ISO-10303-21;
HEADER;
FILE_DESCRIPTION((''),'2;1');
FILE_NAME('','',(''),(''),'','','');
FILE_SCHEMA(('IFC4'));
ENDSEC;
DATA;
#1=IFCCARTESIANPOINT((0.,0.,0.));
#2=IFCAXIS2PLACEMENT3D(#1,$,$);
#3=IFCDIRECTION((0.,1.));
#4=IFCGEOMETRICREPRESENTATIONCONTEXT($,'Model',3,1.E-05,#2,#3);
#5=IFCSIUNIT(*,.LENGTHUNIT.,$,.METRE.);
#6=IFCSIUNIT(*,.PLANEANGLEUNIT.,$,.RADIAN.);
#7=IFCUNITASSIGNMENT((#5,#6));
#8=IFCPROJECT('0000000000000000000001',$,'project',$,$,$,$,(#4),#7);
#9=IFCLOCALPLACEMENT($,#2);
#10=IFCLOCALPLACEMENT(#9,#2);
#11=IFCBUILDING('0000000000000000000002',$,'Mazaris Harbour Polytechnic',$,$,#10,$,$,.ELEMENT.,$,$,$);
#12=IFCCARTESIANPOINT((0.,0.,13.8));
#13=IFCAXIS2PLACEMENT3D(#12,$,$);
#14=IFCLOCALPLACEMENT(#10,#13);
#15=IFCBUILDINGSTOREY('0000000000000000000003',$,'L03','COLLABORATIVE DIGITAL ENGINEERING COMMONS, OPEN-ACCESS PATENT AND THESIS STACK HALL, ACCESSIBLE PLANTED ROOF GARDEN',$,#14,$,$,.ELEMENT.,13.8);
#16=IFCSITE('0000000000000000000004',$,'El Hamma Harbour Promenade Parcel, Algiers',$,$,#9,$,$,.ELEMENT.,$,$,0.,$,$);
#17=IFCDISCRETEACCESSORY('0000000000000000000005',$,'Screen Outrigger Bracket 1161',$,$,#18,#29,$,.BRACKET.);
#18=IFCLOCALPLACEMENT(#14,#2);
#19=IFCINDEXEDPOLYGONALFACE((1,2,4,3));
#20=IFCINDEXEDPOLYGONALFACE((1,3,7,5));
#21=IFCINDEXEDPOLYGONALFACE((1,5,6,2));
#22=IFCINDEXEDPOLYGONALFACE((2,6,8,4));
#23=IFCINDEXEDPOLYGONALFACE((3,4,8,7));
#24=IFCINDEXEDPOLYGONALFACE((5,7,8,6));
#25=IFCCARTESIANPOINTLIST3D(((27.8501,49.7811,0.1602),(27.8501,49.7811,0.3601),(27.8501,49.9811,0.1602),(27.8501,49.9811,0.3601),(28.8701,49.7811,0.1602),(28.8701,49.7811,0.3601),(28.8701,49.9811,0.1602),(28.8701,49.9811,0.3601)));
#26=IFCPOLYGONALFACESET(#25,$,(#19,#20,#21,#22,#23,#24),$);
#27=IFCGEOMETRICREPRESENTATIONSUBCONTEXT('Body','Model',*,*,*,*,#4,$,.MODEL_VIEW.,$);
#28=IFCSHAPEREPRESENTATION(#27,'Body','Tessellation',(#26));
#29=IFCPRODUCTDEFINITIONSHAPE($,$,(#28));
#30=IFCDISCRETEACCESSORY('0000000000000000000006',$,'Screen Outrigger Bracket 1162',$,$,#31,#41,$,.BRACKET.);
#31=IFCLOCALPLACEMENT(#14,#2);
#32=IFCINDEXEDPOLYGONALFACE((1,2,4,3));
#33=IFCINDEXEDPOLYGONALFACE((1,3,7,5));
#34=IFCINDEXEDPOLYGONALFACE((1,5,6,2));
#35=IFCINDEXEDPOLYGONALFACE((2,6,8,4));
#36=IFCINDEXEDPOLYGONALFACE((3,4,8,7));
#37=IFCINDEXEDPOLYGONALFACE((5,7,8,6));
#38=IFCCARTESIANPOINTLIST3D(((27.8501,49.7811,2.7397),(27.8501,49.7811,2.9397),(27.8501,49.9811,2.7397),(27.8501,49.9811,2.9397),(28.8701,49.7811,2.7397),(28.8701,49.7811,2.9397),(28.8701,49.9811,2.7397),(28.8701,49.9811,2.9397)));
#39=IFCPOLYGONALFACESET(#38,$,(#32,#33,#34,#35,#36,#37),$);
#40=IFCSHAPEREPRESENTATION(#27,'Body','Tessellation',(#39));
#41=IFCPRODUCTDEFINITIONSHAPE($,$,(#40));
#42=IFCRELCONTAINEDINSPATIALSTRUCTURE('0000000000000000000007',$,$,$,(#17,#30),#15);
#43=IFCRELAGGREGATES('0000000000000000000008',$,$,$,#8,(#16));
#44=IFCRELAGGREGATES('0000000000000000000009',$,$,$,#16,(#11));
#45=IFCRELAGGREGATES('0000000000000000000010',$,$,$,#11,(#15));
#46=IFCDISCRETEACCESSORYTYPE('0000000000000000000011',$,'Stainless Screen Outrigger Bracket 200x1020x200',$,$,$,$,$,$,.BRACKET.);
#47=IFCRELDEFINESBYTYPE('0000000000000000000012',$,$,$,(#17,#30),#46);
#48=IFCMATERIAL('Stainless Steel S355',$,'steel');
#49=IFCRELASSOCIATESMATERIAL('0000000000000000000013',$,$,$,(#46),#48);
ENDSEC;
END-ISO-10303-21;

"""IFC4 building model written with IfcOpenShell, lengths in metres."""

from ifc_helpers import new_model, si_unit, direction, frame, origin, origin_2d, place, context, subcontext, project, spatial, rectangle, extrude, material, type_object, element, save


model = new_model("IFC4")

# Units and contexts
model_context = context("Model", 3, precision=1e-05, world=origin(), true_north=direction((0.0, 1.0)))
body_context = subcontext(model_context, "Body", "Model", "MODEL_VIEW")
ifc_project = project(units=[si_unit("LENGTHUNIT", "METRE"), si_unit("PLANEANGLEUNIT", "RADIAN")], contexts=[model_context])

# Site, building, storey
site_placement = place(None, origin())
site = spatial("IfcSite", under=ifc_project, at=site_placement, Name="El Hamma Harbour Promenade Parcel, Algiers", CompositionType="ELEMENT", RefElevation=0.0)
building_placement = place(site_placement, origin())
building = spatial("IfcBuilding", under=site, at=building_placement, Name="Mazaris Harbour Polytechnic", CompositionType="ELEMENT")
storey_placement = place(building_placement, frame((0.0, 0.0, 13.8)))
storey = spatial("IfcBuildingStorey", under=building, at=storey_placement, Name="L03", Description="COLLABORATIVE DIGITAL ENGINEERING COMMONS, OPEN-ACCESS PATENT AND THESIS STACK HALL, ACCESSIBLE PLANTED ROOF GARDEN", CompositionType="ELEMENT", Elevation=13.8)

# Discrete accessories
ifc_material_1 = material(Name="Stainless Steel S355", Category="steel")
discrete_accessory_type = type_object("IfcDiscreteAccessoryType", Name="Stainless Screen Outrigger Bracket 200x1020x200", PredefinedType="BRACKET", material=ifc_material_1)
for number, where, z_axis, x_axis, name in (
    (1, (28.3601, 49.8811, 0.1602), (0.0, 0.0, 1.0), (0.0, -1.0, 0.0), "Screen Outrigger Bracket 1161"),
    (2, (28.3601, 49.8811, 2.7397), (0.0, 0.0, 1.0), (0.0, -1.0, 0.0), "Screen Outrigger Bracket 1162"),
):
    element("IfcDiscreteAccessory", number, at=place(storey_placement, frame(where, z_axis=z_axis, x_axis=x_axis)), inside=storey, type_object=discrete_accessory_type, Name=name, PredefinedType="BRACKET", context=body_context, shape_type="SweptSolid", body=[
        extrude(rectangle(XDim=0.2, YDim=1.02, at=origin_2d()), origin(), (0.0, 0.0, 1.0), 0.2),
    ])

save(model, "model.ifc")
